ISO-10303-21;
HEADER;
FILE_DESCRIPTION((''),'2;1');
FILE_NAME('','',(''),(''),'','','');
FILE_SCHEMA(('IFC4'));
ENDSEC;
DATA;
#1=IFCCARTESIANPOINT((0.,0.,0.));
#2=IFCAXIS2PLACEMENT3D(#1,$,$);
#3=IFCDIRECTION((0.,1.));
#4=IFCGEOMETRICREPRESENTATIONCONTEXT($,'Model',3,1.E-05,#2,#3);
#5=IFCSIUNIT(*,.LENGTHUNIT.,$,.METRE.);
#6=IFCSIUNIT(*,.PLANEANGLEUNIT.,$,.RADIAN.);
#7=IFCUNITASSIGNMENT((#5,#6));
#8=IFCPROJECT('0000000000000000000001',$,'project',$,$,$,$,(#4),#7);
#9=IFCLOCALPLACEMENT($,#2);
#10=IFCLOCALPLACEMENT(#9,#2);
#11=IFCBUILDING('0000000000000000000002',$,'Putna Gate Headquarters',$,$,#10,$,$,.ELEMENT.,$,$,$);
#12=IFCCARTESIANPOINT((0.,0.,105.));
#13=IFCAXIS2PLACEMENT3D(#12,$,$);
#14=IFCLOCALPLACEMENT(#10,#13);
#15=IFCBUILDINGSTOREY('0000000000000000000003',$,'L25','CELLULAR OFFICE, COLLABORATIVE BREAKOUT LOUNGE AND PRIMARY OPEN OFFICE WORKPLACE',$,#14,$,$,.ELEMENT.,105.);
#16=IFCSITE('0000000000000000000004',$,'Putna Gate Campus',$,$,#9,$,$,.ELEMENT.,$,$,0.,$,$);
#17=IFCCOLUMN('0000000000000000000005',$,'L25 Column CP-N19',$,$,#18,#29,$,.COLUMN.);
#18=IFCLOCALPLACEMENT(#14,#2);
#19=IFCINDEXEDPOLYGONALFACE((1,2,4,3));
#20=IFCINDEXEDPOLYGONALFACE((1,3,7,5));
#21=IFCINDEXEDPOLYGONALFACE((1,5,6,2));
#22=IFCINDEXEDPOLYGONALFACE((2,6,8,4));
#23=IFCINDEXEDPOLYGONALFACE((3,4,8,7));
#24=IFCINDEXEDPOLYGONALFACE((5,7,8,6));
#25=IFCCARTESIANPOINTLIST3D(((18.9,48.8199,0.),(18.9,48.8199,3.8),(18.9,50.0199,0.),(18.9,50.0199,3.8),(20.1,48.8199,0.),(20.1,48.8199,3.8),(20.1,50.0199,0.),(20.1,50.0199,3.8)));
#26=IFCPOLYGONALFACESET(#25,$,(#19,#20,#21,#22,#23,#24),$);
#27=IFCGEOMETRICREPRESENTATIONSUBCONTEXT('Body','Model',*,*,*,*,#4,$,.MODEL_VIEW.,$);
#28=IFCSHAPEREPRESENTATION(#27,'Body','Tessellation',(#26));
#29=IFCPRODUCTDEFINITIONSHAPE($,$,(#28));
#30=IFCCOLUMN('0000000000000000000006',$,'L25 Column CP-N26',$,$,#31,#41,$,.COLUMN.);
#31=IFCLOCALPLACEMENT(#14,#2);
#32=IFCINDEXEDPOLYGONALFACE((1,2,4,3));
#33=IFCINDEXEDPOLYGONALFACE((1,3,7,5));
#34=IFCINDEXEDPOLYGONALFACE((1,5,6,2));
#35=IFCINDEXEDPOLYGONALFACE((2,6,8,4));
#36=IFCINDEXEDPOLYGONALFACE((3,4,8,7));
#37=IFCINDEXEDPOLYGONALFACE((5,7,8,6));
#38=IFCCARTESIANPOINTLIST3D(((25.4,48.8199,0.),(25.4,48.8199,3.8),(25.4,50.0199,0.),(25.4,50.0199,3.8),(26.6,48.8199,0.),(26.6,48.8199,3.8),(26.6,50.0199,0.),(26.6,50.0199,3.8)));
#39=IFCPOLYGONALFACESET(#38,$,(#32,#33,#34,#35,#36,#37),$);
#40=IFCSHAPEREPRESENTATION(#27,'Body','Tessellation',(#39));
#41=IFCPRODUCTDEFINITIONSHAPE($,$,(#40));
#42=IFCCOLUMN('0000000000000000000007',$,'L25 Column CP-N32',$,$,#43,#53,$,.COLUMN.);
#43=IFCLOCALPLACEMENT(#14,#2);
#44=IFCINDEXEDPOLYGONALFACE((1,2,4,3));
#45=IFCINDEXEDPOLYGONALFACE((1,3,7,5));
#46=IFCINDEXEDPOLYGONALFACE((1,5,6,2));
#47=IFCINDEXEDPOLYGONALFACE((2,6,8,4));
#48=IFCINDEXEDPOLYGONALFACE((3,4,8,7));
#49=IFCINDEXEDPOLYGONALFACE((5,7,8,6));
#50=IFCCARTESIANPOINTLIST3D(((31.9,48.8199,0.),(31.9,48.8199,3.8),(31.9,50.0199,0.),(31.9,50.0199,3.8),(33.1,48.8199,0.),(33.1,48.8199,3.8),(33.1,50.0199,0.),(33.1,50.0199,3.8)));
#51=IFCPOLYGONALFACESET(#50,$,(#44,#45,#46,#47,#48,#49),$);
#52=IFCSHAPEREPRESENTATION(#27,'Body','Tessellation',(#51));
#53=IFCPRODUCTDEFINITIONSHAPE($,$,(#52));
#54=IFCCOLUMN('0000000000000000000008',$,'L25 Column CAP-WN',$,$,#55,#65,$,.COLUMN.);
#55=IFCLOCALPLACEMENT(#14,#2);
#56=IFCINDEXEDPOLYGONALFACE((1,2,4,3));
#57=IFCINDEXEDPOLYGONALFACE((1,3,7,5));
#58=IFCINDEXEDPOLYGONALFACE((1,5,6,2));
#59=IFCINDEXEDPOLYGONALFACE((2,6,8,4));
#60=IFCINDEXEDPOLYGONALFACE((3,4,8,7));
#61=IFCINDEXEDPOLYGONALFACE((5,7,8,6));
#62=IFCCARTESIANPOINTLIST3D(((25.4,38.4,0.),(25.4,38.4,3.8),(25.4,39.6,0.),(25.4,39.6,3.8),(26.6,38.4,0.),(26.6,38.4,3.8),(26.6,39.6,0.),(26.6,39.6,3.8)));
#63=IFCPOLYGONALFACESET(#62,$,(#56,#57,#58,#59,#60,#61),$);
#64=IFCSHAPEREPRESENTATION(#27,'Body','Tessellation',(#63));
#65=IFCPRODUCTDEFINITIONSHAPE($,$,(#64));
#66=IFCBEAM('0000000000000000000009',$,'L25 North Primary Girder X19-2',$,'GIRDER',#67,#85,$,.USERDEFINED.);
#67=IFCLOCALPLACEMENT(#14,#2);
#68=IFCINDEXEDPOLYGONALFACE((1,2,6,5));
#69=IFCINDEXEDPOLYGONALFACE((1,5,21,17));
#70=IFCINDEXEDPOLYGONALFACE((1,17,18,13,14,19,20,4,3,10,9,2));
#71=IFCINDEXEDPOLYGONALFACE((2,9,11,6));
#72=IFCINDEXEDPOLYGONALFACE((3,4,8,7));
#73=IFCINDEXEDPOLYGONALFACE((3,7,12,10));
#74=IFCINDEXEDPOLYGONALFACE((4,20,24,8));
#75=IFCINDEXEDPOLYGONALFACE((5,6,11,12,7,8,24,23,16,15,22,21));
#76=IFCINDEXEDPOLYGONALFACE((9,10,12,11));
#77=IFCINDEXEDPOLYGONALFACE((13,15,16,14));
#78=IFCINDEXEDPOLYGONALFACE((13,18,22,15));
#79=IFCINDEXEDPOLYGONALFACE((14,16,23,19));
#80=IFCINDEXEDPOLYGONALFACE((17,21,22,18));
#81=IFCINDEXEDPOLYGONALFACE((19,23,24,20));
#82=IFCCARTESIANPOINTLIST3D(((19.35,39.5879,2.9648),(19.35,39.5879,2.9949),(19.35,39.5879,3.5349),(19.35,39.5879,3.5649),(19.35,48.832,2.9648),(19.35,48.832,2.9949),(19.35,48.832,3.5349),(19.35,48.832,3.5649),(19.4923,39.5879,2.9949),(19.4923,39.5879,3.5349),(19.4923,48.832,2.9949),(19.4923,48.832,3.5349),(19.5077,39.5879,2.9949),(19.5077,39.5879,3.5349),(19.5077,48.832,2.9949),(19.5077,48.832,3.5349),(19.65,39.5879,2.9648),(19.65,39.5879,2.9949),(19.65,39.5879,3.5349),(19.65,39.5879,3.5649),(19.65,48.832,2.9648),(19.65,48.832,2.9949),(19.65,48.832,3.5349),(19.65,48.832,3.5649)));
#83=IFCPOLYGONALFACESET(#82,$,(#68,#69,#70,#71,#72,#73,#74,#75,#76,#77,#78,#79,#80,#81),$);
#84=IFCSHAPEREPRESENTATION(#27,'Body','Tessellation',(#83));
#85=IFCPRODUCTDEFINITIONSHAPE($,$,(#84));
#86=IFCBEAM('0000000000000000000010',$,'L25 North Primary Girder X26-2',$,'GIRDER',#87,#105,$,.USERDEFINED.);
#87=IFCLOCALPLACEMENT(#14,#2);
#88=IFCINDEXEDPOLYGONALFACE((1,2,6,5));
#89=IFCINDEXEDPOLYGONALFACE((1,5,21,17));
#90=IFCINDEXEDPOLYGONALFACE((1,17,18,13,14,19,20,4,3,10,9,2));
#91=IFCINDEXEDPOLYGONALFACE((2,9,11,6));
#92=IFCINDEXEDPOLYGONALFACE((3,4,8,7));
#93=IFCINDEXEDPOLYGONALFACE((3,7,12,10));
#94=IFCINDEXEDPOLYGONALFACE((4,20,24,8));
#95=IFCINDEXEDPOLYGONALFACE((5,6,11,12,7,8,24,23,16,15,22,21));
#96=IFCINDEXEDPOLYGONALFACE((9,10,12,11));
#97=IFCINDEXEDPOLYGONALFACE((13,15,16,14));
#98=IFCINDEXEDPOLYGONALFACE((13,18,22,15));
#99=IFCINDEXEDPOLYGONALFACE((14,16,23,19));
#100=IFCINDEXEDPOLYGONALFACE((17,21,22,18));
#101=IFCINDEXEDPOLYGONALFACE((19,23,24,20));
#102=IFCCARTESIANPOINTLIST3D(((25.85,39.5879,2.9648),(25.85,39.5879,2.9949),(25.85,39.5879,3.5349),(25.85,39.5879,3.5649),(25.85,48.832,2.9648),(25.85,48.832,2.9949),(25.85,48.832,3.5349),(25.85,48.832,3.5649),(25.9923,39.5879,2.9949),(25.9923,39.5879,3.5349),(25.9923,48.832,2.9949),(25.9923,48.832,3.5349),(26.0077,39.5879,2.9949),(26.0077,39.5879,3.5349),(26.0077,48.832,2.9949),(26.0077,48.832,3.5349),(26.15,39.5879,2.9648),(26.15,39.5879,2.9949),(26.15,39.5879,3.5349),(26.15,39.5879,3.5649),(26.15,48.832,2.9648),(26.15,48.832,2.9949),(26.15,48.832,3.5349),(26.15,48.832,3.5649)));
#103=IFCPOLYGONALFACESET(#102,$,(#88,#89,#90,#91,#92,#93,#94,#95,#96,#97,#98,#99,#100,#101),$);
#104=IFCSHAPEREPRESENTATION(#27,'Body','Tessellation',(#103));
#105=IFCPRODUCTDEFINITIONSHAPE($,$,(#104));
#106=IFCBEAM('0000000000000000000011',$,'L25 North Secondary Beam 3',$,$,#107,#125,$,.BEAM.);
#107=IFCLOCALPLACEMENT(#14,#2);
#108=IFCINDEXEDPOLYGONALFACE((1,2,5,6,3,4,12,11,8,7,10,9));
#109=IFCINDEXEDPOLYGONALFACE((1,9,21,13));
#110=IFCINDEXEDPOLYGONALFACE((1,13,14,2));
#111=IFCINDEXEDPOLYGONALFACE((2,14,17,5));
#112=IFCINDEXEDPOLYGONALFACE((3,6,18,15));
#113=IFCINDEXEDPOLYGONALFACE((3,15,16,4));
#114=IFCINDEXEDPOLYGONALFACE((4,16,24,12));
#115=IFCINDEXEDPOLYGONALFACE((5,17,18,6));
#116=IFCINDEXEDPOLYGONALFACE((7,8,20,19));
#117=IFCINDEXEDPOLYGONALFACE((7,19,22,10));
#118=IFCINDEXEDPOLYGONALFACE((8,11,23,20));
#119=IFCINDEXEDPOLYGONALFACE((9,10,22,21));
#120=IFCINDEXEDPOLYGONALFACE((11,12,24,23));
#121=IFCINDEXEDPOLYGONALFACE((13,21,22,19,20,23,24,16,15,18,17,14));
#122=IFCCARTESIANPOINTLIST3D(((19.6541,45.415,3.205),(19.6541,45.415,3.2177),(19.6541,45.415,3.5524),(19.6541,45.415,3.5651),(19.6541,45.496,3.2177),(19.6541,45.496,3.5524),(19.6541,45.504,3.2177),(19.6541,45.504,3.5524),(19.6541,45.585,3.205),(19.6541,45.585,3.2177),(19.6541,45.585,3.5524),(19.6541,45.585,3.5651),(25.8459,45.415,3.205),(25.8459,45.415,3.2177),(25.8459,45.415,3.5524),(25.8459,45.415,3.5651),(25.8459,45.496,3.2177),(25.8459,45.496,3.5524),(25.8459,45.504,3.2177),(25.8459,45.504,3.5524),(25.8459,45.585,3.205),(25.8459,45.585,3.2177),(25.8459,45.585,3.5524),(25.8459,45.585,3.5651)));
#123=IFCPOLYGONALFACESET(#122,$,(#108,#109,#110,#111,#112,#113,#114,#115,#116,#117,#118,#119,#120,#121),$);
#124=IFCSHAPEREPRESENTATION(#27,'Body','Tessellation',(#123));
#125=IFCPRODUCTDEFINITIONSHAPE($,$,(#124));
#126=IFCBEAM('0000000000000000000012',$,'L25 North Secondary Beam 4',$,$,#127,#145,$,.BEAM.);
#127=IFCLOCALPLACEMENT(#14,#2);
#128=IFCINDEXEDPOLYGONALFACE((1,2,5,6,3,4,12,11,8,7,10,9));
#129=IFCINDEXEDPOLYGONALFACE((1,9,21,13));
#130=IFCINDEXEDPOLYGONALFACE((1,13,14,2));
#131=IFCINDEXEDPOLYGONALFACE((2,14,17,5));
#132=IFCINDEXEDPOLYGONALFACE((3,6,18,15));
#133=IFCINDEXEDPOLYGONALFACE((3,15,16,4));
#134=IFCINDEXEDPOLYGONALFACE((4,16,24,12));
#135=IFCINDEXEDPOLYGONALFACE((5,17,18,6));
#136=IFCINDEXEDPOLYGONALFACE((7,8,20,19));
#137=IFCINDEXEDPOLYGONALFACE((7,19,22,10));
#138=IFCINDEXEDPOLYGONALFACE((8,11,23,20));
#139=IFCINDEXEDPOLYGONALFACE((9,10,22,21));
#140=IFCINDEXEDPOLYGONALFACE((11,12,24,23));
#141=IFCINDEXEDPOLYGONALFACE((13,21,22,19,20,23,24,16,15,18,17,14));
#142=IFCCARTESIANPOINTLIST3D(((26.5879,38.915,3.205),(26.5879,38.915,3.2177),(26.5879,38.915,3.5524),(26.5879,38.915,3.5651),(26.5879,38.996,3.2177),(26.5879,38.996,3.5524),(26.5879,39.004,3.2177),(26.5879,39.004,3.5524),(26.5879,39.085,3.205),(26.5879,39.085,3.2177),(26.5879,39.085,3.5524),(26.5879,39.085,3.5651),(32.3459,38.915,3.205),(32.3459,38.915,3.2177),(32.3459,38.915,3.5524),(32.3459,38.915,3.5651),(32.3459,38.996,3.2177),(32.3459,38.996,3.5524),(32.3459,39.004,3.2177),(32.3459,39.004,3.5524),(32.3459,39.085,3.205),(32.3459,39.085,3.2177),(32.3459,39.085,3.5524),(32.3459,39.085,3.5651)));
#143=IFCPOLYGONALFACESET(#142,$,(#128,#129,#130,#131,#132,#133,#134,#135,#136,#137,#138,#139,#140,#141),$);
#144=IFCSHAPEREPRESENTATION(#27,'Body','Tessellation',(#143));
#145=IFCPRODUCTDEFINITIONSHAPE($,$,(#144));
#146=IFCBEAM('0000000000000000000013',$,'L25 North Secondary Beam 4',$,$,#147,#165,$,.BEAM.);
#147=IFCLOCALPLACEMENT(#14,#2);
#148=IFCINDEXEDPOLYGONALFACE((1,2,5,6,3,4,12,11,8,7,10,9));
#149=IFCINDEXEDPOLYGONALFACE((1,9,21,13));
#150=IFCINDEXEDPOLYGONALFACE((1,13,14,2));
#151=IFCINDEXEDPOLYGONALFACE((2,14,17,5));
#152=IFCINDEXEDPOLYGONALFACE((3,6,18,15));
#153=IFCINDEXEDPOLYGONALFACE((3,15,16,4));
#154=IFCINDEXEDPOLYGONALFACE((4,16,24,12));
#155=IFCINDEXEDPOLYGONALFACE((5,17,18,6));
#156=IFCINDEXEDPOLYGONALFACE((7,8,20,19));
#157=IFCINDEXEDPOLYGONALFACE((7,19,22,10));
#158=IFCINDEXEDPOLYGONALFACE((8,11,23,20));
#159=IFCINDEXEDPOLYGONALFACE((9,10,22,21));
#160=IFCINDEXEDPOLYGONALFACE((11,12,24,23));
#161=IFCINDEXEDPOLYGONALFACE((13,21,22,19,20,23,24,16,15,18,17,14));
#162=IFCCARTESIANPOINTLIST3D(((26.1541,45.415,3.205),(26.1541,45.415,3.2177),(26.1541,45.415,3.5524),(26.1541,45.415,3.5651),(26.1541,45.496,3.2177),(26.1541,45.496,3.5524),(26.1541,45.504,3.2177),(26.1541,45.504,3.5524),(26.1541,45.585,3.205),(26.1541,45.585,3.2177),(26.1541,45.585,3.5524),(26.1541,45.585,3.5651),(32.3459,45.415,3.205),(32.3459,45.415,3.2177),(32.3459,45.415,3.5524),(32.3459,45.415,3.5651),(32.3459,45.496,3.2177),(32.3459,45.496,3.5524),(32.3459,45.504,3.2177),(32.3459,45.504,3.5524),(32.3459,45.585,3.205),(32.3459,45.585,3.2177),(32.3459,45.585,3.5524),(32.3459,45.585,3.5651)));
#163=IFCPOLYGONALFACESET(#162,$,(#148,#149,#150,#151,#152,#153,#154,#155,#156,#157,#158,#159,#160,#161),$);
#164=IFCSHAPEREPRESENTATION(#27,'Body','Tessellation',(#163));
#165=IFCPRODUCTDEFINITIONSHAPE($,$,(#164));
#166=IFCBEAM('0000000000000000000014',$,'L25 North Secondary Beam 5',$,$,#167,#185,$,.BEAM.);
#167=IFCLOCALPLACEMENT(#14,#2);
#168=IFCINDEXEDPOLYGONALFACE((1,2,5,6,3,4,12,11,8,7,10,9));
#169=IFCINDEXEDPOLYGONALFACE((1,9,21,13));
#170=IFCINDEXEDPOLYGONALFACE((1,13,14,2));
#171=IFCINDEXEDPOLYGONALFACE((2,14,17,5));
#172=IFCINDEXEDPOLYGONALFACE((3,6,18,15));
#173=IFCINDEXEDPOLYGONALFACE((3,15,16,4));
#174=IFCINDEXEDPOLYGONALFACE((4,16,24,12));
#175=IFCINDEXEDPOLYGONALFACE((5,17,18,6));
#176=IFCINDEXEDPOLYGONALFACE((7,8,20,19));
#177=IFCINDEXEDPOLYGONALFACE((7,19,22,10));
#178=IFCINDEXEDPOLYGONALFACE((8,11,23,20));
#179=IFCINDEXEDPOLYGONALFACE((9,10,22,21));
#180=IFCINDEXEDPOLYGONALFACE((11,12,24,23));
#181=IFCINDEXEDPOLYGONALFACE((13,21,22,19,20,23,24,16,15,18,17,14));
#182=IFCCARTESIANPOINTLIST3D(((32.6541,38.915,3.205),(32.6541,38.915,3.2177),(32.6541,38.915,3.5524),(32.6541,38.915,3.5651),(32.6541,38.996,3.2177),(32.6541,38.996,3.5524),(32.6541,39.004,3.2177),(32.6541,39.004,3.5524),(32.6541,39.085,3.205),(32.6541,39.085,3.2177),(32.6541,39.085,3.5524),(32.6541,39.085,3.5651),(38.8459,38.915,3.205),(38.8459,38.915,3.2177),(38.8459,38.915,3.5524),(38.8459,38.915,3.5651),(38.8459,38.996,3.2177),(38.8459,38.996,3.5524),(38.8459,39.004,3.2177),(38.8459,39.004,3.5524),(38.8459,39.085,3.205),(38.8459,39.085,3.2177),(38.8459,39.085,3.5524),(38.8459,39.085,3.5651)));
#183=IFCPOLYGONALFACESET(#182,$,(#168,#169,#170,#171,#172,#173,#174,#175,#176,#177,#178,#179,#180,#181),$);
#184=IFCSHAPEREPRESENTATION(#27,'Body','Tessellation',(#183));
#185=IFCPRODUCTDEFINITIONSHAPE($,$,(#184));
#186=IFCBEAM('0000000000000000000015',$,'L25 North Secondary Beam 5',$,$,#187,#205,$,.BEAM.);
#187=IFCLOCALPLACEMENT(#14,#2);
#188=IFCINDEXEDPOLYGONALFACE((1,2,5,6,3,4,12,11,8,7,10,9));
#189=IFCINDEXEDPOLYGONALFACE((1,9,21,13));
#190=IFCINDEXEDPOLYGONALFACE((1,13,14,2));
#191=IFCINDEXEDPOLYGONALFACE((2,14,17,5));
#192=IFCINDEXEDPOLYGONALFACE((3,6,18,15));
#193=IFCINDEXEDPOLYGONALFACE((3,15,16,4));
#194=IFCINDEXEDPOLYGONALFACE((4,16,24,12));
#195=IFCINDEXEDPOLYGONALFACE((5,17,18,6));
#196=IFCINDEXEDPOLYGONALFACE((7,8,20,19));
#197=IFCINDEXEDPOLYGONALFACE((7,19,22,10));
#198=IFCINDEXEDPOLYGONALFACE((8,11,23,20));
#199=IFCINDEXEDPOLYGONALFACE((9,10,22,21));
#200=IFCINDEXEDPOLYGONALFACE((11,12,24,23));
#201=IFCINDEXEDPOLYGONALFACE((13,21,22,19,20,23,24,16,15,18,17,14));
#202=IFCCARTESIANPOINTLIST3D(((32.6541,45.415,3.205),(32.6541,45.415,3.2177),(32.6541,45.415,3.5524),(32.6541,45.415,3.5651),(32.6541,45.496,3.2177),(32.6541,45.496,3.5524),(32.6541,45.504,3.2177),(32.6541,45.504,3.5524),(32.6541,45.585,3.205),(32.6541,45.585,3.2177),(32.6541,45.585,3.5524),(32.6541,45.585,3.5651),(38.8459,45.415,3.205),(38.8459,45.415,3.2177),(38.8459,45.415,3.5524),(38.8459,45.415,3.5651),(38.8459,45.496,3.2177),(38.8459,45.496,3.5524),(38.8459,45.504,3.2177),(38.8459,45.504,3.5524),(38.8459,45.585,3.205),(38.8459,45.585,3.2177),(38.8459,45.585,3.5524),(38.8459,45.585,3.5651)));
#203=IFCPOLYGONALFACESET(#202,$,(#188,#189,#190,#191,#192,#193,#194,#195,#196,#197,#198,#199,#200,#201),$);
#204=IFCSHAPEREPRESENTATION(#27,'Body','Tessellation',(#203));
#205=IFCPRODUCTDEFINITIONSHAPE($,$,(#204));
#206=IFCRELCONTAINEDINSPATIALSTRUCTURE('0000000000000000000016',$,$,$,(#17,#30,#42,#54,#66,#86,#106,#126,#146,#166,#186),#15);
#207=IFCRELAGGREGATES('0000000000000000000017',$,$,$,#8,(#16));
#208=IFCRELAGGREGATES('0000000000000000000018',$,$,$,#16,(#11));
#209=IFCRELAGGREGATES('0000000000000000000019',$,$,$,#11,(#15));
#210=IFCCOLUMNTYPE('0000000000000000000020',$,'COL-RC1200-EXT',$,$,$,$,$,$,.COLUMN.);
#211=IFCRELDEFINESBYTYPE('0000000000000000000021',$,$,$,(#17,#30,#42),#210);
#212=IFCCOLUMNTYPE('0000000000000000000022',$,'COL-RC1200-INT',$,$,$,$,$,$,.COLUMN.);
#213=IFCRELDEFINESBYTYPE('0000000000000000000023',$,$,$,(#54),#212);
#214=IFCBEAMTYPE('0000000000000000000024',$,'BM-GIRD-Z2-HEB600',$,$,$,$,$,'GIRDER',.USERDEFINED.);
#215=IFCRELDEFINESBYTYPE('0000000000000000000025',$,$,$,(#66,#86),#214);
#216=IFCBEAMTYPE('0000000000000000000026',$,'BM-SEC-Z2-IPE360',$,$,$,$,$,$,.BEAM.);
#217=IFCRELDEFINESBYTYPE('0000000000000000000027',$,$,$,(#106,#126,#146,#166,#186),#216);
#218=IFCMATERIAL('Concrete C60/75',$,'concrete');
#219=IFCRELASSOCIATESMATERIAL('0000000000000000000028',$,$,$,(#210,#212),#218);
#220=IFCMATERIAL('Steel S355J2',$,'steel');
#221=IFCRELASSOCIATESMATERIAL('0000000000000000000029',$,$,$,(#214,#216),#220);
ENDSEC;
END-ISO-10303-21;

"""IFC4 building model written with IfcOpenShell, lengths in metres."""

from ifc_helpers import new_model, si_unit, direction, frame, origin, origin_2d, place, context, subcontext, project, spatial, rectangle, i_section, extrude, material, material_profile, profile_set, type_object, element, save


model = new_model("IFC4")

# Units and contexts
model_context = context("Model", 3, precision=1e-05, world=origin(), true_north=direction((0.0, 1.0)))
body_context = subcontext(model_context, "Body", "Model", "MODEL_VIEW")
ifc_project = project(units=[si_unit("LENGTHUNIT", "METRE"), si_unit("PLANEANGLEUNIT", "RADIAN")], contexts=[model_context])

# Site, building, storey
site_placement = place(None, origin())
site = spatial("IfcSite", under=ifc_project, at=site_placement, Name="Putna Gate Campus", CompositionType="ELEMENT", RefElevation=0.0)
building_placement = place(site_placement, origin())
building = spatial("IfcBuilding", under=site, at=building_placement, Name="Putna Gate Headquarters", CompositionType="ELEMENT")
storey_placement = place(building_placement, frame((0.0, 0.0, 105.0)))
storey = spatial("IfcBuildingStorey", under=building, at=storey_placement, Name="L25", Description="CELLULAR OFFICE, COLLABORATIVE BREAKOUT LOUNGE AND PRIMARY OPEN OFFICE WORKPLACE", CompositionType="ELEMENT", Elevation=105.0)

# Columns
ifc_material_1 = material(Name="Concrete C60/75", Category="concrete")
ifc_material_profile_1 = material_profile(ifc_material_1, rectangle(XDim=1.2, YDim=1.2, at=origin_2d()), Name="Concrete C60/75")
ifc_profile_set_1 = profile_set([ifc_material_profile_1], Name="Concrete C60/75")
column_type_1 = type_object("IfcColumnType", Name="COL-RC1200-EXT", PredefinedType="COLUMN", material=ifc_profile_set_1)
for number, where, z_axis, x_axis, name in (
    (1, (19.5, 49.4199, 0.0), (0.0, 0.0, 1.0), (1.0, 0.0, 0.0), "L25 Column CP-N19"),
    (2, (26.0, 49.4199, 0.0), (0.0, 0.0, 1.0), (1.0, 0.0, 0.0), "L25 Column CP-N26"),
    (3, (32.5, 49.4199, 0.0), (0.0, 0.0, 1.0), (1.0, 0.0, 0.0), "L25 Column CP-N32"),
):
    element("IfcColumn", number, at=place(storey_placement, frame(where, z_axis=z_axis, x_axis=x_axis)), inside=storey, type_object=column_type_1, Name=name, PredefinedType="COLUMN", context=body_context, shape_type="SweptSolid", body=[
        extrude(rectangle(XDim=1.2, YDim=1.2, at=origin_2d()), origin(), (0.0, 0.0, 1.0), 3.8),
    ])
ifc_material_profile_2 = material_profile(ifc_material_1, rectangle(XDim=1.2, YDim=1.2, at=origin_2d()), Name="Concrete C60/75")
ifc_profile_set_2 = profile_set([ifc_material_profile_2], Name="Concrete C60/75")
column_type_2 = type_object("IfcColumnType", Name="COL-RC1200-INT", PredefinedType="COLUMN", material=ifc_profile_set_2)
column_placement = place(storey_placement, frame((26.0, 39.0, 0.0), z_axis=(0.0, 0.0, 1.0), x_axis=(1.0, 0.0, 0.0)))
element("IfcColumn", 4, at=column_placement, inside=storey, type_object=column_type_2, Name="L25 Column CAP-WN", PredefinedType="COLUMN", context=body_context, shape_type="SweptSolid", body=[
    extrude(rectangle(XDim=1.2, YDim=1.2, at=origin_2d()), origin(), (0.0, 0.0, 1.0), 3.8),
])

# Beams
ifc_material_2 = material(Name="Steel S355J2", Category="steel")
ifc_material_profile_3 = material_profile(ifc_material_2, i_section(OverallWidth=0.3, OverallDepth=0.6001, WebThickness=0.0154, FlangeThickness=0.03, at=origin_2d()), Name="Steel S355J2")
ifc_profile_set_3 = profile_set([ifc_material_profile_3], Name="Steel S355J2")
beam_type_1 = type_object("IfcBeamType", Name="BM-GIRD-Z2-HEB600", ElementType="GIRDER", PredefinedType="USERDEFINED", material=ifc_profile_set_3)
for number, where, z_axis, x_axis, name in (
    (5, (19.5, 39.5879, 3.2649), (0.0, 1.0, 0.0), (-1.0, 0.0, 0.0), "L25 North Primary Girder X19-2"),
    (6, (26.0, 39.5879, 3.2649), (0.0, 1.0, 0.0), (-1.0, 0.0, 0.0), "L25 North Primary Girder X26-2"),
):
    element("IfcBeam", number, at=place(storey_placement, frame(where, z_axis=z_axis, x_axis=x_axis)), inside=storey, type_object=beam_type_1, Name=name, ObjectType="GIRDER", PredefinedType="USERDEFINED", context=body_context, shape_type="SweptSolid", body=[
        extrude(i_section(OverallWidth=0.3, OverallDepth=0.6001, WebThickness=0.0154, FlangeThickness=0.03, at=origin_2d()), origin(), (0.0, 0.0, 1.0), 9.2441),
    ])
ifc_material_profile_4 = material_profile(ifc_material_2, i_section(OverallWidth=0.1699, OverallDepth=0.3601, WebThickness=0.0081, FlangeThickness=0.0127, at=origin_2d()), Name="Steel S355J2")
ifc_profile_set_4 = profile_set([ifc_material_profile_4], Name="Steel S355J2")
beam_type_2 = type_object("IfcBeamType", Name="BM-SEC-Z2-IPE360", PredefinedType="BEAM", material=ifc_profile_set_4)
beam_1_placement = place(storey_placement, frame((19.6541, 45.5, 3.385), z_axis=(1.0, 0.0, 0.0), x_axis=(0.0, 1.0, 0.0)))
element("IfcBeam", 7, at=beam_1_placement, inside=storey, type_object=beam_type_2, Name="L25 North Secondary Beam 3", PredefinedType="BEAM", context=body_context, shape_type="SweptSolid", body=[
    extrude(i_section(OverallWidth=0.1699, OverallDepth=0.3601, WebThickness=0.0081, FlangeThickness=0.0127, at=origin_2d()), origin(), (0.0, 0.0, 1.0), 6.1919),
])
beam_2_placement = place(storey_placement, frame((26.5879, 39.0, 3.385), z_axis=(1.0, 0.0, 0.0), x_axis=(0.0, 1.0, 0.0)))
element("IfcBeam", 8, at=beam_2_placement, inside=storey, type_object=beam_type_2, Name="L25 North Secondary Beam 4", PredefinedType="BEAM", context=body_context, shape_type="SweptSolid", body=[
    extrude(i_section(OverallWidth=0.1699, OverallDepth=0.3601, WebThickness=0.0081, FlangeThickness=0.0127, at=origin_2d()), origin(), (0.0, 0.0, 1.0), 5.7581),
])
for number, where, z_axis, x_axis, name in (
    (9, (26.1541, 45.5, 3.385), (1.0, 0.0, 0.0), (0.0, 1.0, 0.0), "L25 North Secondary Beam 4"),
    (10, (32.6541, 39.0, 3.385), (1.0, 0.0, 0.0), (0.0, 1.0, 0.0), "L25 North Secondary Beam 5"),
    (11, (32.6541, 45.5, 3.385), (1.0, 0.0, 0.0), (0.0, 1.0, 0.0), "L25 North Secondary Beam 5"),
):
    element("IfcBeam", number, at=place(storey_placement, frame(where, z_axis=z_axis, x_axis=x_axis)), inside=storey, type_object=beam_type_2, Name=name, PredefinedType="BEAM", context=body_context, shape_type="SweptSolid", body=[
        extrude(i_section(OverallWidth=0.1699, OverallDepth=0.3601, WebThickness=0.0081, FlangeThickness=0.0127, at=origin_2d()), origin(), (0.0, 0.0, 1.0), 6.1919),
    ])

save(model, "model.ifc")
